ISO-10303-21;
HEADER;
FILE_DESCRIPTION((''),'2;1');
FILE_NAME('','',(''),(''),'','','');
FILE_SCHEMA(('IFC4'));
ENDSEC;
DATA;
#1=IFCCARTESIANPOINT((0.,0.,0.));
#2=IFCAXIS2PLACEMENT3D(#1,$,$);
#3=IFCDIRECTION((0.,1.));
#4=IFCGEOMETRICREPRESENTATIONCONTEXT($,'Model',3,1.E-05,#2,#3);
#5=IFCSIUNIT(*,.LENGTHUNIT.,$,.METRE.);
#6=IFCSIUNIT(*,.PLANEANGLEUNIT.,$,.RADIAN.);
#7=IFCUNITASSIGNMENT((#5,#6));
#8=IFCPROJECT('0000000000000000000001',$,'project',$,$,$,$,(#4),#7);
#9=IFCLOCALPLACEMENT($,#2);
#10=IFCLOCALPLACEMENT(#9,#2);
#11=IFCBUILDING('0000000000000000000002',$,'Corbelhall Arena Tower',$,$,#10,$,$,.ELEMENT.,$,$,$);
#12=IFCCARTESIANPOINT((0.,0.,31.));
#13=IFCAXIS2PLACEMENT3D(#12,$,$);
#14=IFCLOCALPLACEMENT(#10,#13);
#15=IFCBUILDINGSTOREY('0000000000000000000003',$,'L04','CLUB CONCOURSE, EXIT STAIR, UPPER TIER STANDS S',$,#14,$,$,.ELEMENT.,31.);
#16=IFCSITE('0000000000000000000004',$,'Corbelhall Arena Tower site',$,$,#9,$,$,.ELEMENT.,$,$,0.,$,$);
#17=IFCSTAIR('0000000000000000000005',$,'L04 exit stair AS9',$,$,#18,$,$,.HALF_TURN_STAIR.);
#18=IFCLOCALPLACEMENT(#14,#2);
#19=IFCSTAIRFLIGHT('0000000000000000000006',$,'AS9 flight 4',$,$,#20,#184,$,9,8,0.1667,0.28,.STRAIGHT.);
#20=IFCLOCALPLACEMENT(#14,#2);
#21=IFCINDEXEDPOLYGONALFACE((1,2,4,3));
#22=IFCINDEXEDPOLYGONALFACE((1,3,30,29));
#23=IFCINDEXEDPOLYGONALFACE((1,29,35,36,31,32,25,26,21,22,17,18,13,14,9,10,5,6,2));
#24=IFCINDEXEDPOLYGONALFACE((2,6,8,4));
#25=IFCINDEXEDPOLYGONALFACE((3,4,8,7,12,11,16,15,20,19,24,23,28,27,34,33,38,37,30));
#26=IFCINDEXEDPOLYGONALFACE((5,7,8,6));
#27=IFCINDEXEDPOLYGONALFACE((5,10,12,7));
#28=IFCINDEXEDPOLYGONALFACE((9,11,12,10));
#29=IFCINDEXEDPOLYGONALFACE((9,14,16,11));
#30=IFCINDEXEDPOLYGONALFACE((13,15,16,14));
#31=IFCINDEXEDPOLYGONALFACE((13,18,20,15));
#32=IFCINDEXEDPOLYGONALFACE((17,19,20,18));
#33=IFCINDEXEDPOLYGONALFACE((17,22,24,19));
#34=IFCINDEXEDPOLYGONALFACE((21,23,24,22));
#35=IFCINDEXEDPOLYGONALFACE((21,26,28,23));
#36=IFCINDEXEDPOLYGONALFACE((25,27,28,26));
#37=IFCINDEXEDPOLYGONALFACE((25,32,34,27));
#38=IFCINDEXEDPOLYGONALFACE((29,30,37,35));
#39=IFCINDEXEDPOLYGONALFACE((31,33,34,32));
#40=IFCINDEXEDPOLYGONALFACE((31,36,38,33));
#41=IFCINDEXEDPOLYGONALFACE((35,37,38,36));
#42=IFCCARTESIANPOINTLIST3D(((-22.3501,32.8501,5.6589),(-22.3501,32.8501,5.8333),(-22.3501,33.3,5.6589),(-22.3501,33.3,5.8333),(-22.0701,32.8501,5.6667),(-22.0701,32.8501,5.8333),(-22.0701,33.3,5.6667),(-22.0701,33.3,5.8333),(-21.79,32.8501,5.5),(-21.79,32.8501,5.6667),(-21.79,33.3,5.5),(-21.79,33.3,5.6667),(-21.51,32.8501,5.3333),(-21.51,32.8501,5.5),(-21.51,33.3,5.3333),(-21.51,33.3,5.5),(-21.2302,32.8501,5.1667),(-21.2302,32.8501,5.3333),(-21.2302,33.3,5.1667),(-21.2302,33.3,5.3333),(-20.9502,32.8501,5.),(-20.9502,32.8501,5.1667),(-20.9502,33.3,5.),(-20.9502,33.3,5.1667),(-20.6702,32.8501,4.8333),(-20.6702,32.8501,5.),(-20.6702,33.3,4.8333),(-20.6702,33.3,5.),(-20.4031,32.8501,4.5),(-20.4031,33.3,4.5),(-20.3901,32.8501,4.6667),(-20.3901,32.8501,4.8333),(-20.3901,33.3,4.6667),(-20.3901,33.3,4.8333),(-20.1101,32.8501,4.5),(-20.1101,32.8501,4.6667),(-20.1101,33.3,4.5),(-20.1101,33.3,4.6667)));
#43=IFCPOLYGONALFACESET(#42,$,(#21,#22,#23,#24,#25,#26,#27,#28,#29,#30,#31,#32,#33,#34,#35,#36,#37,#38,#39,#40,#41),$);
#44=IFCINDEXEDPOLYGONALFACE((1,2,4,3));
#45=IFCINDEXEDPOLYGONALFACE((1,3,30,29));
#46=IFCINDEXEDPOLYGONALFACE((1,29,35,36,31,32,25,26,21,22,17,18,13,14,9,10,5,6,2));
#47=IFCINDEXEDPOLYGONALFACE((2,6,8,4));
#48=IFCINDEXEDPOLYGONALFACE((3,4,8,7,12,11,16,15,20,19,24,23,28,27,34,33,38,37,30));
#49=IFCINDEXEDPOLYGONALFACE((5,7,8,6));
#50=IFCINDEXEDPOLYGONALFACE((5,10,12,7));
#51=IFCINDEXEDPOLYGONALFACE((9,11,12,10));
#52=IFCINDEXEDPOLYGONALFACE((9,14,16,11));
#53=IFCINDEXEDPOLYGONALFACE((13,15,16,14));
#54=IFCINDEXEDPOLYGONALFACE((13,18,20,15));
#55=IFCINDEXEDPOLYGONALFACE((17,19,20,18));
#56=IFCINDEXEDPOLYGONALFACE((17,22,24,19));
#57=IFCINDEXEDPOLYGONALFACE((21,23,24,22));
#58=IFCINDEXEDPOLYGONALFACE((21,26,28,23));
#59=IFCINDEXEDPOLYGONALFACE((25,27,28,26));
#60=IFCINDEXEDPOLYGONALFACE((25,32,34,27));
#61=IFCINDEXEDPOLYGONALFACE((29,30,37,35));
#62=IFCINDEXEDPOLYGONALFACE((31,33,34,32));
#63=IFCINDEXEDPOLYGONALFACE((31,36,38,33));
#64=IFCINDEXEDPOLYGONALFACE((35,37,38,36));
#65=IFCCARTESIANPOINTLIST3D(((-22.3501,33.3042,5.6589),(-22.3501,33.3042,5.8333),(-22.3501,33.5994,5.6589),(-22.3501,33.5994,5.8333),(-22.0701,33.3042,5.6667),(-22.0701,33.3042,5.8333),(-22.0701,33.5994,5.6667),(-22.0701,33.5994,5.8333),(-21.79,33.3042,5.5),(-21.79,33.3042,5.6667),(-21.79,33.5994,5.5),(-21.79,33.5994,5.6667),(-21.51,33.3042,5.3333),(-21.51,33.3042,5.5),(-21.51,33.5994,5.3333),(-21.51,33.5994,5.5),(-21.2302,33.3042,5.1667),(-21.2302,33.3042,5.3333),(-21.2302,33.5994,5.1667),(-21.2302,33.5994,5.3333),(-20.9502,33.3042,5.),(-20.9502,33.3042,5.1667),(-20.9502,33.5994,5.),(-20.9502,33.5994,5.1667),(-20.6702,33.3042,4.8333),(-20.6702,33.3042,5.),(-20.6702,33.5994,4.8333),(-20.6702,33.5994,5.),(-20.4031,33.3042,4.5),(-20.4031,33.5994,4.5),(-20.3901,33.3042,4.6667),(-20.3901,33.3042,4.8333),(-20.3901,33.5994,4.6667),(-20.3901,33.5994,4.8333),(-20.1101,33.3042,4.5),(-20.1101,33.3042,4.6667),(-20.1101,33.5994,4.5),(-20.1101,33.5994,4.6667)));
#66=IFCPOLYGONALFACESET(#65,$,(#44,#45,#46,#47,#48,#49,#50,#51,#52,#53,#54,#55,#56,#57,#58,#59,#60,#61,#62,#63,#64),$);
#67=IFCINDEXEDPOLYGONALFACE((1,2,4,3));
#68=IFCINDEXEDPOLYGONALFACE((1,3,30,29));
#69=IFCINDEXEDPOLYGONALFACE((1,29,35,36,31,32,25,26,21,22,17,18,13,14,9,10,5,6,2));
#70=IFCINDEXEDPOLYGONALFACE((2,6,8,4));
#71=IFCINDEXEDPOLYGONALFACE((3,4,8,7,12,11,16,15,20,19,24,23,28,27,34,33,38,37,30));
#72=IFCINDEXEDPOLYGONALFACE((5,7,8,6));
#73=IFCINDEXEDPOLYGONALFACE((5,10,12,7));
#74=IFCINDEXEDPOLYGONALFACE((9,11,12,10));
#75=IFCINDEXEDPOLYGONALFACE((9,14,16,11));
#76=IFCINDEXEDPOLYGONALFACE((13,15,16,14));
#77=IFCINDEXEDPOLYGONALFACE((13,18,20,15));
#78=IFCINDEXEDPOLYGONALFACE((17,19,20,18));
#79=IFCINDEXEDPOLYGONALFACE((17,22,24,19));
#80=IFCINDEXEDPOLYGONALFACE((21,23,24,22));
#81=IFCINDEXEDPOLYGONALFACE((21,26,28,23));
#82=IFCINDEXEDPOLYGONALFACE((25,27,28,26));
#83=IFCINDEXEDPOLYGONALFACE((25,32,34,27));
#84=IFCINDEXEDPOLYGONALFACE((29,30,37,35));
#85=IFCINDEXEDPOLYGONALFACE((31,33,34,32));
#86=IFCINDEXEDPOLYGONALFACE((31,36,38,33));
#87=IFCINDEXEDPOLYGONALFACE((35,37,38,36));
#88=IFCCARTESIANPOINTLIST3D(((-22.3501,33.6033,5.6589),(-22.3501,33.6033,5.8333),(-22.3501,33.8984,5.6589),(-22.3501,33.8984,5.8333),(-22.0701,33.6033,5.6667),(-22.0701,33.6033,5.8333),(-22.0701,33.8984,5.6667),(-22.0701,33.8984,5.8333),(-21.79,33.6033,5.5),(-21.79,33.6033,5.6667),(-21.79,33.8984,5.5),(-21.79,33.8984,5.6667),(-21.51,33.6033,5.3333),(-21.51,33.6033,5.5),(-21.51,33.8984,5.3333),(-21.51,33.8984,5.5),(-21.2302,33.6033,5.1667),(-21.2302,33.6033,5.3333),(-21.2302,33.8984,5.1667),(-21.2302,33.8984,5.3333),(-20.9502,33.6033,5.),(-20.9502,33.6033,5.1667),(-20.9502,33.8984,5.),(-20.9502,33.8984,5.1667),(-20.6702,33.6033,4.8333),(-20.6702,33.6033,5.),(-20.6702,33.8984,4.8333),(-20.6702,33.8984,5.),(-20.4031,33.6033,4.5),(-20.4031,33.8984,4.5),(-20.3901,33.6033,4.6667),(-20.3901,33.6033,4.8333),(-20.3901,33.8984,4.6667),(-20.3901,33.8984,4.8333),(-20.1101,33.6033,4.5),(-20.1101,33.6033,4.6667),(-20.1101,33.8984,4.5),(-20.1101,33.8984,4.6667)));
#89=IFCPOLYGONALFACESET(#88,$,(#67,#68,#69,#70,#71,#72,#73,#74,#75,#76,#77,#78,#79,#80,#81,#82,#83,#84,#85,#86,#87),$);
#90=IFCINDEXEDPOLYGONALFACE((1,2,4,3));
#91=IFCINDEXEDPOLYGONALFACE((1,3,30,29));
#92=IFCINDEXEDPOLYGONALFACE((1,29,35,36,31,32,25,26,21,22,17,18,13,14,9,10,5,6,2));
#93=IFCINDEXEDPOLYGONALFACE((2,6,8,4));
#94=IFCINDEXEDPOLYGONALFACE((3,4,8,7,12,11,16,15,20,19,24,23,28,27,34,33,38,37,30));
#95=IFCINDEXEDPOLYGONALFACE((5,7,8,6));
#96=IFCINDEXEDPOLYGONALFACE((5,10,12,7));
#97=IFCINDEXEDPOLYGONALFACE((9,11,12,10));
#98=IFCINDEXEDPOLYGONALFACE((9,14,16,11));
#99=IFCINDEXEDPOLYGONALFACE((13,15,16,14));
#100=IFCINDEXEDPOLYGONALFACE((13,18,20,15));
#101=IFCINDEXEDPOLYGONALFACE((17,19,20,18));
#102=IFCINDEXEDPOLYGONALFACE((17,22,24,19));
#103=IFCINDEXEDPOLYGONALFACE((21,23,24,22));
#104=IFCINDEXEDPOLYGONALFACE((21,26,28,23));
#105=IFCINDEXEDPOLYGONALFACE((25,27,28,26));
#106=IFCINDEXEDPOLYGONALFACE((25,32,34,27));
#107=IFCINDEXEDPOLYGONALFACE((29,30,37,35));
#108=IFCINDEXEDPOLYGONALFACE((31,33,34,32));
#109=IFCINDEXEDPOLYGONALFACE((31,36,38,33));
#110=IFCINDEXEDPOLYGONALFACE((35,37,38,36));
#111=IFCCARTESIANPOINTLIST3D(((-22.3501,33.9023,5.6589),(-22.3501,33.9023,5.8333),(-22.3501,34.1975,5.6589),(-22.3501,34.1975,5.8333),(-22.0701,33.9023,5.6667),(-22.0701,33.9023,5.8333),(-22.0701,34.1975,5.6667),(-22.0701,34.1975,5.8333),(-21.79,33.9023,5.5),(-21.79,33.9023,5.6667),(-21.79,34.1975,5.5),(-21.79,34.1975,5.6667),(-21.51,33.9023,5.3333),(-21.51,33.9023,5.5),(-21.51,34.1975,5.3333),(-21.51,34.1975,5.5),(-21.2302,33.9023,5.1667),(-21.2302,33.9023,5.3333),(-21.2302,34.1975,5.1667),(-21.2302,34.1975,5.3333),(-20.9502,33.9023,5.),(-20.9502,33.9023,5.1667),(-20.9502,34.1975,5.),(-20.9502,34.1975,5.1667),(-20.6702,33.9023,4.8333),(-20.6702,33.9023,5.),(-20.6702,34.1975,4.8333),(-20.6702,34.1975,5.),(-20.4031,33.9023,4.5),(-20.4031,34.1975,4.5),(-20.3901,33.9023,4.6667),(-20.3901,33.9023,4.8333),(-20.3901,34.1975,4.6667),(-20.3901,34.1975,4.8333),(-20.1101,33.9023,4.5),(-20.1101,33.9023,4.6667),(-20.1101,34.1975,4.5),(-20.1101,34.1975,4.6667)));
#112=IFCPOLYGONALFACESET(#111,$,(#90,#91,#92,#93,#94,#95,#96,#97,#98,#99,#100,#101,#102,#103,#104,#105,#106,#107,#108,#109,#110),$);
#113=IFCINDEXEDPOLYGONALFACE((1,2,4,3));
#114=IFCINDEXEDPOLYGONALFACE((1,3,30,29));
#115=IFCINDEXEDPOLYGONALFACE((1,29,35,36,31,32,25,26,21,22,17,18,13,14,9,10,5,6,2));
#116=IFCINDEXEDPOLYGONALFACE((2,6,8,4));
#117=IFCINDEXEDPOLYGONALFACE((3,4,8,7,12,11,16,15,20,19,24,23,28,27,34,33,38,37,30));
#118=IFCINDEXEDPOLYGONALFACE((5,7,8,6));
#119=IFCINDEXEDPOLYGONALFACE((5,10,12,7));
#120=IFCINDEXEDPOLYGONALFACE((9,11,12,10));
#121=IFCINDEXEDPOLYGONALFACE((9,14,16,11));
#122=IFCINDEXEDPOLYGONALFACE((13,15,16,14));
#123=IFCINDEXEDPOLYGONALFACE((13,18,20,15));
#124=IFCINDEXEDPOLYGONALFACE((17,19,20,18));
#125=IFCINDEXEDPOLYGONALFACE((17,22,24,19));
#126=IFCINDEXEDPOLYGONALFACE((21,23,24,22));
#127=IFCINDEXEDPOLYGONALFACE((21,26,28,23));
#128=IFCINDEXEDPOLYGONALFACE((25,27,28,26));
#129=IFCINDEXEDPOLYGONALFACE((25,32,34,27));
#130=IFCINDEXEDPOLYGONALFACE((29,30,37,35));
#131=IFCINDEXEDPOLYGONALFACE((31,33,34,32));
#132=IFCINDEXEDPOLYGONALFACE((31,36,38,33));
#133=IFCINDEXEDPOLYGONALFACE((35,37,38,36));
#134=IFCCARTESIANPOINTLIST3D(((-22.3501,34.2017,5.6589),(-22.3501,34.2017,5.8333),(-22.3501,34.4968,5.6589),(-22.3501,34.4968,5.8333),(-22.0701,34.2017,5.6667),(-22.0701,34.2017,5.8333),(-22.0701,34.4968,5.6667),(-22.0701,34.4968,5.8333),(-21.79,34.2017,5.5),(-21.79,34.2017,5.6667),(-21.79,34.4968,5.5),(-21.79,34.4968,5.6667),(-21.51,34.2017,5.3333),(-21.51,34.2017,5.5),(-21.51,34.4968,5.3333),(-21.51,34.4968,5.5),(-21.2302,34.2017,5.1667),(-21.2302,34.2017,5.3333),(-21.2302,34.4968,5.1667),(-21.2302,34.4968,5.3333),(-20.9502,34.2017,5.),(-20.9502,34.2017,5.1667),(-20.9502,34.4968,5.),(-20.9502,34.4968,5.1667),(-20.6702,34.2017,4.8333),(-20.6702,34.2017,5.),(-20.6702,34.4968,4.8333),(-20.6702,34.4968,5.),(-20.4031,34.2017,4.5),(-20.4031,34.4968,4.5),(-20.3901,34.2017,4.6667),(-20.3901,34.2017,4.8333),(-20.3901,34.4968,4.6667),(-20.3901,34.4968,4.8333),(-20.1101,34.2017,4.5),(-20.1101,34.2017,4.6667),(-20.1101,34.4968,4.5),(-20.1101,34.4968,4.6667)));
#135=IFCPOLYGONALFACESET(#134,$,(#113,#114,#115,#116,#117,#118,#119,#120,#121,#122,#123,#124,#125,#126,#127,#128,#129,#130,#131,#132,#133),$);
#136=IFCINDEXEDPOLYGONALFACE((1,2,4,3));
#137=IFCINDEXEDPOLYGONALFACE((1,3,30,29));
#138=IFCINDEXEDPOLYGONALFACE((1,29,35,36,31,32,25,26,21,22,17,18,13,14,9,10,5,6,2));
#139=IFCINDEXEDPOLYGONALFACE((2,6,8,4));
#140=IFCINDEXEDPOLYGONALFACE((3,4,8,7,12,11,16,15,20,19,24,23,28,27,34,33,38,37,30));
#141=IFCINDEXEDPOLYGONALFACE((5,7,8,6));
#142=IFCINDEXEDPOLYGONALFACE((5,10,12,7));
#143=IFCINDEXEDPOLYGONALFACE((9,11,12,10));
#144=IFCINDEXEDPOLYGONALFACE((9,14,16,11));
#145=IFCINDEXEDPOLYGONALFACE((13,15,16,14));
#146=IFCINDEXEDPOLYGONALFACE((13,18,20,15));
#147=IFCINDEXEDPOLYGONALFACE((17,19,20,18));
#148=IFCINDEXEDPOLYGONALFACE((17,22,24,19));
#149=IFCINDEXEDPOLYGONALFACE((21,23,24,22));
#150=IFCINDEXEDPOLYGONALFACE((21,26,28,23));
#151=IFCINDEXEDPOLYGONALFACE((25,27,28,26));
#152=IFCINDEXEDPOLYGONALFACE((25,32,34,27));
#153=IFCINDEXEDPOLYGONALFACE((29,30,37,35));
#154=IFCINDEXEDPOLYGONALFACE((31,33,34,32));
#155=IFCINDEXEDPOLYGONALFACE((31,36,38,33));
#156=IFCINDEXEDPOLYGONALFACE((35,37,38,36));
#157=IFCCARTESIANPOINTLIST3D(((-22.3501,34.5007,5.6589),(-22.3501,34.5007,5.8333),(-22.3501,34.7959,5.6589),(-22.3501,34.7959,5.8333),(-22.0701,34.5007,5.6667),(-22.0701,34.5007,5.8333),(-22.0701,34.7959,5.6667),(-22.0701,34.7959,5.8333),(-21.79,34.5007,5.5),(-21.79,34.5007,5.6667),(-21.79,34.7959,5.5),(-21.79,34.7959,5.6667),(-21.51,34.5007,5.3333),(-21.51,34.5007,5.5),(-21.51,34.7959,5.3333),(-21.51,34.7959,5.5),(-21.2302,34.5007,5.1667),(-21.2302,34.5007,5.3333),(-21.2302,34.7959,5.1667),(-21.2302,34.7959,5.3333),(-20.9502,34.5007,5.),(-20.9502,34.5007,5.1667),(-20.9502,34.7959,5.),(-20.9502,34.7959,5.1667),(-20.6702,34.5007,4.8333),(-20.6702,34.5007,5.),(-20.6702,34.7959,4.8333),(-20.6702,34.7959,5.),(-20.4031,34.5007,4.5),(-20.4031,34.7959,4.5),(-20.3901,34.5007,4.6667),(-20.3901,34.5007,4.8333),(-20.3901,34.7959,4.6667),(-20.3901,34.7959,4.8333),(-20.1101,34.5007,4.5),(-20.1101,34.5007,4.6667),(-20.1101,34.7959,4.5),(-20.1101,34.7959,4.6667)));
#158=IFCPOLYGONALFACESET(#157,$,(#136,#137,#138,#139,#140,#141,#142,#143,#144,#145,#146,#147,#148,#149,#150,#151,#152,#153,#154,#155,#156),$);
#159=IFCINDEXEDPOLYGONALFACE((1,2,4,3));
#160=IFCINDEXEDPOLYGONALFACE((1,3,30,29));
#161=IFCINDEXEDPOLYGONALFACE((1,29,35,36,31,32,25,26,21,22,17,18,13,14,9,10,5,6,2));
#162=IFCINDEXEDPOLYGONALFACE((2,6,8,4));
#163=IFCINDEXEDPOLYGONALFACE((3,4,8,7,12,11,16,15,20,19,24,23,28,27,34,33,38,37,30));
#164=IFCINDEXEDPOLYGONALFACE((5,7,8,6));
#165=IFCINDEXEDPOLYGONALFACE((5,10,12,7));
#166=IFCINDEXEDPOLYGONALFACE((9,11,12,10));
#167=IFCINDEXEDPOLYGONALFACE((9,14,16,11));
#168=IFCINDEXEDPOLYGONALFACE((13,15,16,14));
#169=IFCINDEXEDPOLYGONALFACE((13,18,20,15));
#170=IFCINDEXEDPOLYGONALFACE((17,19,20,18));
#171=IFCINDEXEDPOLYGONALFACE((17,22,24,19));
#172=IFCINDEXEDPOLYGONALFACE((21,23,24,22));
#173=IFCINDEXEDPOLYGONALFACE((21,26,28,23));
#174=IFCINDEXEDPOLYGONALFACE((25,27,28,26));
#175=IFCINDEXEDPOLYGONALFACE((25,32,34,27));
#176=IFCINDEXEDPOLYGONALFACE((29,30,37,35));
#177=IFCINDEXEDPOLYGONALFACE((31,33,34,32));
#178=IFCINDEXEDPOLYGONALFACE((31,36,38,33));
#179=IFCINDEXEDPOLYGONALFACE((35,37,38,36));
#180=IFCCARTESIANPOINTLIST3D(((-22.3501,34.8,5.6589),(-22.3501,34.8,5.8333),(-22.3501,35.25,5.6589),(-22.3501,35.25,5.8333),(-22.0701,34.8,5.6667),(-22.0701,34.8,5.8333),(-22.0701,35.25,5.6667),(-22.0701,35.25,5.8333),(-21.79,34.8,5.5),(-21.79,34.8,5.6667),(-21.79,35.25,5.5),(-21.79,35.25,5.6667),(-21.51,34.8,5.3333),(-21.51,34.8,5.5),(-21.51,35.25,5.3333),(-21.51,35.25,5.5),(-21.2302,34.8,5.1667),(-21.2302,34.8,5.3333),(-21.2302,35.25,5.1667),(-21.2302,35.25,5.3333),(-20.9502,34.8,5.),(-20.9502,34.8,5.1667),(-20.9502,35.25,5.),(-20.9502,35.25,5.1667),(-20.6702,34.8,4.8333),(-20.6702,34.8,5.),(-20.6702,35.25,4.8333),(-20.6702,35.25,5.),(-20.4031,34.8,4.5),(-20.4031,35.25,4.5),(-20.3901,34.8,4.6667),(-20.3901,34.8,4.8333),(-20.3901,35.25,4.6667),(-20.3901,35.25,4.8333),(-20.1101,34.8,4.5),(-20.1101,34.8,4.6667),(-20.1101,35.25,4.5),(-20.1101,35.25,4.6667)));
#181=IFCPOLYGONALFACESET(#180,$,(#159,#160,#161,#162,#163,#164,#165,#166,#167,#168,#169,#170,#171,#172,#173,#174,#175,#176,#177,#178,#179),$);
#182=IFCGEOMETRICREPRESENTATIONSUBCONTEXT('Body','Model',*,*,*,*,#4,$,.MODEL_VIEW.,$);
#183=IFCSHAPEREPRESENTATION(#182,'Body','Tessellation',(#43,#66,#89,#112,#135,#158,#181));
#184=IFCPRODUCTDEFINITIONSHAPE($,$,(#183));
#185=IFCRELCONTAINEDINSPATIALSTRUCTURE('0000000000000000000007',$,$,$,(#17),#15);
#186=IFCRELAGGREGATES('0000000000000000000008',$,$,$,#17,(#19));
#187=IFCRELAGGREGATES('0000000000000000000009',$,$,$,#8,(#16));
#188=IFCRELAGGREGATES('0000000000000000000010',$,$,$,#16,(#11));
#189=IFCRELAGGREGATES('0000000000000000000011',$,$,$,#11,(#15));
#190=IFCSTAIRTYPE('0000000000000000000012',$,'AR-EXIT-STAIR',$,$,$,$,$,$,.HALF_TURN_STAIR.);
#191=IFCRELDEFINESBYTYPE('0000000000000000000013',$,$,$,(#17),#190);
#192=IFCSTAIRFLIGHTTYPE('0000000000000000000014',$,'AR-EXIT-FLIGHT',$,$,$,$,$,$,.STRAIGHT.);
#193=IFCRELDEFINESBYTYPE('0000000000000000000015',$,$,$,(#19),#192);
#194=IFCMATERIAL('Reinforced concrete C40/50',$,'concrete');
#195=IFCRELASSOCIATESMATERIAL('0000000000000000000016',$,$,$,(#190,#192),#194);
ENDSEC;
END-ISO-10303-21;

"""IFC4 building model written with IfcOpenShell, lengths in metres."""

from ifc_helpers import new_model, si_unit, direction, frame, origin, place, context, subcontext, project, spatial, polyline, outline, extrude, material, type_object, element, aggregate, save


model = new_model("IFC4")

# Units and contexts
model_context = context("Model", 3, precision=1e-05, world=origin(), true_north=direction((0.0, 1.0)))
body_context = subcontext(model_context, "Body", "Model", "MODEL_VIEW")
ifc_project = project(units=[si_unit("LENGTHUNIT", "METRE"), si_unit("PLANEANGLEUNIT", "RADIAN")], contexts=[model_context])

# Site, building, storey
site_placement = place(None, origin())
site = spatial("IfcSite", under=ifc_project, at=site_placement, Name="Corbelhall Arena Tower site", CompositionType="ELEMENT", RefElevation=0.0)
building_placement = place(site_placement, origin())
building = spatial("IfcBuilding", under=site, at=building_placement, Name="Corbelhall Arena Tower", CompositionType="ELEMENT")
storey_placement = place(building_placement, frame((0.0, 0.0, 31.0)))
storey = spatial("IfcBuildingStorey", under=building, at=storey_placement, Name="L04", Description="CLUB CONCOURSE, EXIT STAIR, UPPER TIER STANDS S", CompositionType="ELEMENT", Elevation=31.0)

# Shared definitions
ifc_material_1 = material(Name="Reinforced concrete C40/50", Category="concrete")

# Stair, stair flight
stair_type = type_object("IfcStairType", Name="AR-EXIT-STAIR", PredefinedType="HALF_TURN_STAIR", material=ifc_material_1)
stair_1_placement = place(storey_placement, origin())
stair_1 = element("IfcStair", 1, at=stair_1_placement, inside=storey, type_object=stair_type, Name="L04 exit stair AS9", PredefinedType="HALF_TURN_STAIR")
stair_flight_type = type_object("IfcStairFlightType", Name="AR-EXIT-FLIGHT", PredefinedType="STRAIGHT", material=ifc_material_1)
stair_flight_1_placement = place(storey_placement, frame((-20.1101, 34.05, 4.5), z_axis=(0.0, 0.0, 1.0), x_axis=(-1.0, 0.0, 0.0)))
stair_flight_1 = element("IfcStairFlight", 2, at=stair_flight_1_placement, type_object=stair_flight_type, Name="AS9 flight 4", NumberOfRisers=9, NumberOfTreads=8, PredefinedType="STRAIGHT", RiserHeight=0.1667, TreadLength=0.28, context=body_context, shape_type="SweptSolid", body=[
    extrude(outline(polyline([(0.0, 0.0), (0.0, 0.1667), (0.28, 0.1667), (0.28, 0.3333), (0.5601, 0.3333), (0.5601, 0.5), (0.8401, 0.5), (0.8401, 0.6667), (1.1201, 0.6667), (1.1201, 0.8333), (1.3999, 0.8333), (1.3999, 1.0), (1.6799, 1.0), (1.6799, 1.1667), (1.96, 1.1667), (1.96, 1.3333), (2.24, 1.3333), (2.24, 1.5), (2.24, 1.1589), (0.293, 0.0), (0.0, 0.0)])), frame((0.0, 1.2, 0.0), z_axis=(0.0, -1.0, 0.0), x_axis=(1.0, 0.0, 0.0)), (0.0, 0.0, 1.0), 0.45),
    extrude(outline(polyline([(0.0, 0.0), (0.0, 0.1667), (0.28, 0.1667), (0.28, 0.3333), (0.5601, 0.3333), (0.5601, 0.5), (0.8401, 0.5), (0.8401, 0.6667), (1.1201, 0.6667), (1.1201, 0.8333), (1.3999, 0.8333), (1.3999, 1.0), (1.6799, 1.0), (1.6799, 1.1667), (1.96, 1.1667), (1.96, 1.3333), (2.24, 1.3333), (2.24, 1.5), (2.24, 1.1589), (0.293, 0.0), (0.0, 0.0)])), frame((0.0, 0.7458, 0.0), z_axis=(0.0, -1.0, 0.0), x_axis=(1.0, 0.0, 0.0)), (0.0, 0.0, 1.0), 0.2952),
    extrude(outline(polyline([(0.0, 0.0), (0.0, 0.1667), (0.28, 0.1667), (0.28, 0.3333), (0.5601, 0.3333), (0.5601, 0.5), (0.8401, 0.5), (0.8401, 0.6667), (1.1201, 0.6667), (1.1201, 0.8333), (1.3999, 0.8333), (1.3999, 1.0), (1.6799, 1.0), (1.6799, 1.1667), (1.96, 1.1667), (1.96, 1.3333), (2.24, 1.3333), (2.24, 1.5), (2.24, 1.1589), (0.293, 0.0), (0.0, 0.0)])), frame((0.0, 0.4468, 0.0), z_axis=(0.0, -1.0, 0.0), x_axis=(1.0, 0.0, 0.0)), (0.0, 0.0, 1.0), 0.2952),
    extrude(outline(polyline([(0.0, 0.0), (0.0, 0.1667), (0.28, 0.1667), (0.28, 0.3333), (0.5601, 0.3333), (0.5601, 0.5), (0.8401, 0.5), (0.8401, 0.6667), (1.1201, 0.6667), (1.1201, 0.8333), (1.3999, 0.8333), (1.3999, 1.0), (1.6799, 1.0), (1.6799, 1.1667), (1.96, 1.1667), (1.96, 1.3333), (2.24, 1.3333), (2.24, 1.5), (2.24, 1.1589), (0.293, 0.0), (0.0, 0.0)])), frame((0.0, 0.1477, 0.0), z_axis=(0.0, -1.0, 0.0), x_axis=(1.0, 0.0, 0.0)), (0.0, 0.0, 1.0), 0.2952),
    extrude(outline(polyline([(0.0, 0.0), (0.0, 0.1667), (0.28, 0.1667), (0.28, 0.3333), (0.5601, 0.3333), (0.5601, 0.5), (0.8401, 0.5), (0.8401, 0.6667), (1.1201, 0.6667), (1.1201, 0.8333), (1.3999, 0.8333), (1.3999, 1.0), (1.6799, 1.0), (1.6799, 1.1667), (1.96, 1.1667), (1.96, 1.3333), (2.24, 1.3333), (2.24, 1.5), (2.24, 1.1589), (0.293, 0.0), (0.0, 0.0)])), frame((0.0, -0.1516, 0.0), z_axis=(0.0, -1.0, 0.0), x_axis=(1.0, 0.0, 0.0)), (0.0, 0.0, 1.0), 0.2952),
    extrude(outline(polyline([(0.0, 0.0), (0.0, 0.1667), (0.28, 0.1667), (0.28, 0.3333), (0.5601, 0.3333), (0.5601, 0.5), (0.8401, 0.5), (0.8401, 0.6667), (1.1201, 0.6667), (1.1201, 0.8333), (1.3999, 0.8333), (1.3999, 1.0), (1.6799, 1.0), (1.6799, 1.1667), (1.96, 1.1667), (1.96, 1.3333), (2.24, 1.3333), (2.24, 1.5), (2.24, 1.1589), (0.293, 0.0), (0.0, 0.0)])), frame((0.0, -0.4507, 0.0), z_axis=(0.0, -1.0, 0.0), x_axis=(1.0, 0.0, 0.0)), (0.0, 0.0, 1.0), 0.2952),
    extrude(outline(polyline([(0.0, 0.0), (0.0, 0.1667), (0.28, 0.1667), (0.28, 0.3333), (0.5601, 0.3333), (0.5601, 0.5), (0.8401, 0.5), (0.8401, 0.6667), (1.1201, 0.6667), (1.1201, 0.8333), (1.3999, 0.8333), (1.3999, 1.0), (1.6799, 1.0), (1.6799, 1.1667), (1.96, 1.1667), (1.96, 1.3333), (2.24, 1.3333), (2.24, 1.5), (2.24, 1.1589), (0.293, 0.0), (0.0, 0.0)])), frame((0.0, -0.75, 0.0), z_axis=(0.0, -1.0, 0.0), x_axis=(1.0, 0.0, 0.0)), (0.0, 0.0, 1.0), 0.45),
])
aggregate(stair_1, [stair_flight_1])

save(model, "model.ifc")
